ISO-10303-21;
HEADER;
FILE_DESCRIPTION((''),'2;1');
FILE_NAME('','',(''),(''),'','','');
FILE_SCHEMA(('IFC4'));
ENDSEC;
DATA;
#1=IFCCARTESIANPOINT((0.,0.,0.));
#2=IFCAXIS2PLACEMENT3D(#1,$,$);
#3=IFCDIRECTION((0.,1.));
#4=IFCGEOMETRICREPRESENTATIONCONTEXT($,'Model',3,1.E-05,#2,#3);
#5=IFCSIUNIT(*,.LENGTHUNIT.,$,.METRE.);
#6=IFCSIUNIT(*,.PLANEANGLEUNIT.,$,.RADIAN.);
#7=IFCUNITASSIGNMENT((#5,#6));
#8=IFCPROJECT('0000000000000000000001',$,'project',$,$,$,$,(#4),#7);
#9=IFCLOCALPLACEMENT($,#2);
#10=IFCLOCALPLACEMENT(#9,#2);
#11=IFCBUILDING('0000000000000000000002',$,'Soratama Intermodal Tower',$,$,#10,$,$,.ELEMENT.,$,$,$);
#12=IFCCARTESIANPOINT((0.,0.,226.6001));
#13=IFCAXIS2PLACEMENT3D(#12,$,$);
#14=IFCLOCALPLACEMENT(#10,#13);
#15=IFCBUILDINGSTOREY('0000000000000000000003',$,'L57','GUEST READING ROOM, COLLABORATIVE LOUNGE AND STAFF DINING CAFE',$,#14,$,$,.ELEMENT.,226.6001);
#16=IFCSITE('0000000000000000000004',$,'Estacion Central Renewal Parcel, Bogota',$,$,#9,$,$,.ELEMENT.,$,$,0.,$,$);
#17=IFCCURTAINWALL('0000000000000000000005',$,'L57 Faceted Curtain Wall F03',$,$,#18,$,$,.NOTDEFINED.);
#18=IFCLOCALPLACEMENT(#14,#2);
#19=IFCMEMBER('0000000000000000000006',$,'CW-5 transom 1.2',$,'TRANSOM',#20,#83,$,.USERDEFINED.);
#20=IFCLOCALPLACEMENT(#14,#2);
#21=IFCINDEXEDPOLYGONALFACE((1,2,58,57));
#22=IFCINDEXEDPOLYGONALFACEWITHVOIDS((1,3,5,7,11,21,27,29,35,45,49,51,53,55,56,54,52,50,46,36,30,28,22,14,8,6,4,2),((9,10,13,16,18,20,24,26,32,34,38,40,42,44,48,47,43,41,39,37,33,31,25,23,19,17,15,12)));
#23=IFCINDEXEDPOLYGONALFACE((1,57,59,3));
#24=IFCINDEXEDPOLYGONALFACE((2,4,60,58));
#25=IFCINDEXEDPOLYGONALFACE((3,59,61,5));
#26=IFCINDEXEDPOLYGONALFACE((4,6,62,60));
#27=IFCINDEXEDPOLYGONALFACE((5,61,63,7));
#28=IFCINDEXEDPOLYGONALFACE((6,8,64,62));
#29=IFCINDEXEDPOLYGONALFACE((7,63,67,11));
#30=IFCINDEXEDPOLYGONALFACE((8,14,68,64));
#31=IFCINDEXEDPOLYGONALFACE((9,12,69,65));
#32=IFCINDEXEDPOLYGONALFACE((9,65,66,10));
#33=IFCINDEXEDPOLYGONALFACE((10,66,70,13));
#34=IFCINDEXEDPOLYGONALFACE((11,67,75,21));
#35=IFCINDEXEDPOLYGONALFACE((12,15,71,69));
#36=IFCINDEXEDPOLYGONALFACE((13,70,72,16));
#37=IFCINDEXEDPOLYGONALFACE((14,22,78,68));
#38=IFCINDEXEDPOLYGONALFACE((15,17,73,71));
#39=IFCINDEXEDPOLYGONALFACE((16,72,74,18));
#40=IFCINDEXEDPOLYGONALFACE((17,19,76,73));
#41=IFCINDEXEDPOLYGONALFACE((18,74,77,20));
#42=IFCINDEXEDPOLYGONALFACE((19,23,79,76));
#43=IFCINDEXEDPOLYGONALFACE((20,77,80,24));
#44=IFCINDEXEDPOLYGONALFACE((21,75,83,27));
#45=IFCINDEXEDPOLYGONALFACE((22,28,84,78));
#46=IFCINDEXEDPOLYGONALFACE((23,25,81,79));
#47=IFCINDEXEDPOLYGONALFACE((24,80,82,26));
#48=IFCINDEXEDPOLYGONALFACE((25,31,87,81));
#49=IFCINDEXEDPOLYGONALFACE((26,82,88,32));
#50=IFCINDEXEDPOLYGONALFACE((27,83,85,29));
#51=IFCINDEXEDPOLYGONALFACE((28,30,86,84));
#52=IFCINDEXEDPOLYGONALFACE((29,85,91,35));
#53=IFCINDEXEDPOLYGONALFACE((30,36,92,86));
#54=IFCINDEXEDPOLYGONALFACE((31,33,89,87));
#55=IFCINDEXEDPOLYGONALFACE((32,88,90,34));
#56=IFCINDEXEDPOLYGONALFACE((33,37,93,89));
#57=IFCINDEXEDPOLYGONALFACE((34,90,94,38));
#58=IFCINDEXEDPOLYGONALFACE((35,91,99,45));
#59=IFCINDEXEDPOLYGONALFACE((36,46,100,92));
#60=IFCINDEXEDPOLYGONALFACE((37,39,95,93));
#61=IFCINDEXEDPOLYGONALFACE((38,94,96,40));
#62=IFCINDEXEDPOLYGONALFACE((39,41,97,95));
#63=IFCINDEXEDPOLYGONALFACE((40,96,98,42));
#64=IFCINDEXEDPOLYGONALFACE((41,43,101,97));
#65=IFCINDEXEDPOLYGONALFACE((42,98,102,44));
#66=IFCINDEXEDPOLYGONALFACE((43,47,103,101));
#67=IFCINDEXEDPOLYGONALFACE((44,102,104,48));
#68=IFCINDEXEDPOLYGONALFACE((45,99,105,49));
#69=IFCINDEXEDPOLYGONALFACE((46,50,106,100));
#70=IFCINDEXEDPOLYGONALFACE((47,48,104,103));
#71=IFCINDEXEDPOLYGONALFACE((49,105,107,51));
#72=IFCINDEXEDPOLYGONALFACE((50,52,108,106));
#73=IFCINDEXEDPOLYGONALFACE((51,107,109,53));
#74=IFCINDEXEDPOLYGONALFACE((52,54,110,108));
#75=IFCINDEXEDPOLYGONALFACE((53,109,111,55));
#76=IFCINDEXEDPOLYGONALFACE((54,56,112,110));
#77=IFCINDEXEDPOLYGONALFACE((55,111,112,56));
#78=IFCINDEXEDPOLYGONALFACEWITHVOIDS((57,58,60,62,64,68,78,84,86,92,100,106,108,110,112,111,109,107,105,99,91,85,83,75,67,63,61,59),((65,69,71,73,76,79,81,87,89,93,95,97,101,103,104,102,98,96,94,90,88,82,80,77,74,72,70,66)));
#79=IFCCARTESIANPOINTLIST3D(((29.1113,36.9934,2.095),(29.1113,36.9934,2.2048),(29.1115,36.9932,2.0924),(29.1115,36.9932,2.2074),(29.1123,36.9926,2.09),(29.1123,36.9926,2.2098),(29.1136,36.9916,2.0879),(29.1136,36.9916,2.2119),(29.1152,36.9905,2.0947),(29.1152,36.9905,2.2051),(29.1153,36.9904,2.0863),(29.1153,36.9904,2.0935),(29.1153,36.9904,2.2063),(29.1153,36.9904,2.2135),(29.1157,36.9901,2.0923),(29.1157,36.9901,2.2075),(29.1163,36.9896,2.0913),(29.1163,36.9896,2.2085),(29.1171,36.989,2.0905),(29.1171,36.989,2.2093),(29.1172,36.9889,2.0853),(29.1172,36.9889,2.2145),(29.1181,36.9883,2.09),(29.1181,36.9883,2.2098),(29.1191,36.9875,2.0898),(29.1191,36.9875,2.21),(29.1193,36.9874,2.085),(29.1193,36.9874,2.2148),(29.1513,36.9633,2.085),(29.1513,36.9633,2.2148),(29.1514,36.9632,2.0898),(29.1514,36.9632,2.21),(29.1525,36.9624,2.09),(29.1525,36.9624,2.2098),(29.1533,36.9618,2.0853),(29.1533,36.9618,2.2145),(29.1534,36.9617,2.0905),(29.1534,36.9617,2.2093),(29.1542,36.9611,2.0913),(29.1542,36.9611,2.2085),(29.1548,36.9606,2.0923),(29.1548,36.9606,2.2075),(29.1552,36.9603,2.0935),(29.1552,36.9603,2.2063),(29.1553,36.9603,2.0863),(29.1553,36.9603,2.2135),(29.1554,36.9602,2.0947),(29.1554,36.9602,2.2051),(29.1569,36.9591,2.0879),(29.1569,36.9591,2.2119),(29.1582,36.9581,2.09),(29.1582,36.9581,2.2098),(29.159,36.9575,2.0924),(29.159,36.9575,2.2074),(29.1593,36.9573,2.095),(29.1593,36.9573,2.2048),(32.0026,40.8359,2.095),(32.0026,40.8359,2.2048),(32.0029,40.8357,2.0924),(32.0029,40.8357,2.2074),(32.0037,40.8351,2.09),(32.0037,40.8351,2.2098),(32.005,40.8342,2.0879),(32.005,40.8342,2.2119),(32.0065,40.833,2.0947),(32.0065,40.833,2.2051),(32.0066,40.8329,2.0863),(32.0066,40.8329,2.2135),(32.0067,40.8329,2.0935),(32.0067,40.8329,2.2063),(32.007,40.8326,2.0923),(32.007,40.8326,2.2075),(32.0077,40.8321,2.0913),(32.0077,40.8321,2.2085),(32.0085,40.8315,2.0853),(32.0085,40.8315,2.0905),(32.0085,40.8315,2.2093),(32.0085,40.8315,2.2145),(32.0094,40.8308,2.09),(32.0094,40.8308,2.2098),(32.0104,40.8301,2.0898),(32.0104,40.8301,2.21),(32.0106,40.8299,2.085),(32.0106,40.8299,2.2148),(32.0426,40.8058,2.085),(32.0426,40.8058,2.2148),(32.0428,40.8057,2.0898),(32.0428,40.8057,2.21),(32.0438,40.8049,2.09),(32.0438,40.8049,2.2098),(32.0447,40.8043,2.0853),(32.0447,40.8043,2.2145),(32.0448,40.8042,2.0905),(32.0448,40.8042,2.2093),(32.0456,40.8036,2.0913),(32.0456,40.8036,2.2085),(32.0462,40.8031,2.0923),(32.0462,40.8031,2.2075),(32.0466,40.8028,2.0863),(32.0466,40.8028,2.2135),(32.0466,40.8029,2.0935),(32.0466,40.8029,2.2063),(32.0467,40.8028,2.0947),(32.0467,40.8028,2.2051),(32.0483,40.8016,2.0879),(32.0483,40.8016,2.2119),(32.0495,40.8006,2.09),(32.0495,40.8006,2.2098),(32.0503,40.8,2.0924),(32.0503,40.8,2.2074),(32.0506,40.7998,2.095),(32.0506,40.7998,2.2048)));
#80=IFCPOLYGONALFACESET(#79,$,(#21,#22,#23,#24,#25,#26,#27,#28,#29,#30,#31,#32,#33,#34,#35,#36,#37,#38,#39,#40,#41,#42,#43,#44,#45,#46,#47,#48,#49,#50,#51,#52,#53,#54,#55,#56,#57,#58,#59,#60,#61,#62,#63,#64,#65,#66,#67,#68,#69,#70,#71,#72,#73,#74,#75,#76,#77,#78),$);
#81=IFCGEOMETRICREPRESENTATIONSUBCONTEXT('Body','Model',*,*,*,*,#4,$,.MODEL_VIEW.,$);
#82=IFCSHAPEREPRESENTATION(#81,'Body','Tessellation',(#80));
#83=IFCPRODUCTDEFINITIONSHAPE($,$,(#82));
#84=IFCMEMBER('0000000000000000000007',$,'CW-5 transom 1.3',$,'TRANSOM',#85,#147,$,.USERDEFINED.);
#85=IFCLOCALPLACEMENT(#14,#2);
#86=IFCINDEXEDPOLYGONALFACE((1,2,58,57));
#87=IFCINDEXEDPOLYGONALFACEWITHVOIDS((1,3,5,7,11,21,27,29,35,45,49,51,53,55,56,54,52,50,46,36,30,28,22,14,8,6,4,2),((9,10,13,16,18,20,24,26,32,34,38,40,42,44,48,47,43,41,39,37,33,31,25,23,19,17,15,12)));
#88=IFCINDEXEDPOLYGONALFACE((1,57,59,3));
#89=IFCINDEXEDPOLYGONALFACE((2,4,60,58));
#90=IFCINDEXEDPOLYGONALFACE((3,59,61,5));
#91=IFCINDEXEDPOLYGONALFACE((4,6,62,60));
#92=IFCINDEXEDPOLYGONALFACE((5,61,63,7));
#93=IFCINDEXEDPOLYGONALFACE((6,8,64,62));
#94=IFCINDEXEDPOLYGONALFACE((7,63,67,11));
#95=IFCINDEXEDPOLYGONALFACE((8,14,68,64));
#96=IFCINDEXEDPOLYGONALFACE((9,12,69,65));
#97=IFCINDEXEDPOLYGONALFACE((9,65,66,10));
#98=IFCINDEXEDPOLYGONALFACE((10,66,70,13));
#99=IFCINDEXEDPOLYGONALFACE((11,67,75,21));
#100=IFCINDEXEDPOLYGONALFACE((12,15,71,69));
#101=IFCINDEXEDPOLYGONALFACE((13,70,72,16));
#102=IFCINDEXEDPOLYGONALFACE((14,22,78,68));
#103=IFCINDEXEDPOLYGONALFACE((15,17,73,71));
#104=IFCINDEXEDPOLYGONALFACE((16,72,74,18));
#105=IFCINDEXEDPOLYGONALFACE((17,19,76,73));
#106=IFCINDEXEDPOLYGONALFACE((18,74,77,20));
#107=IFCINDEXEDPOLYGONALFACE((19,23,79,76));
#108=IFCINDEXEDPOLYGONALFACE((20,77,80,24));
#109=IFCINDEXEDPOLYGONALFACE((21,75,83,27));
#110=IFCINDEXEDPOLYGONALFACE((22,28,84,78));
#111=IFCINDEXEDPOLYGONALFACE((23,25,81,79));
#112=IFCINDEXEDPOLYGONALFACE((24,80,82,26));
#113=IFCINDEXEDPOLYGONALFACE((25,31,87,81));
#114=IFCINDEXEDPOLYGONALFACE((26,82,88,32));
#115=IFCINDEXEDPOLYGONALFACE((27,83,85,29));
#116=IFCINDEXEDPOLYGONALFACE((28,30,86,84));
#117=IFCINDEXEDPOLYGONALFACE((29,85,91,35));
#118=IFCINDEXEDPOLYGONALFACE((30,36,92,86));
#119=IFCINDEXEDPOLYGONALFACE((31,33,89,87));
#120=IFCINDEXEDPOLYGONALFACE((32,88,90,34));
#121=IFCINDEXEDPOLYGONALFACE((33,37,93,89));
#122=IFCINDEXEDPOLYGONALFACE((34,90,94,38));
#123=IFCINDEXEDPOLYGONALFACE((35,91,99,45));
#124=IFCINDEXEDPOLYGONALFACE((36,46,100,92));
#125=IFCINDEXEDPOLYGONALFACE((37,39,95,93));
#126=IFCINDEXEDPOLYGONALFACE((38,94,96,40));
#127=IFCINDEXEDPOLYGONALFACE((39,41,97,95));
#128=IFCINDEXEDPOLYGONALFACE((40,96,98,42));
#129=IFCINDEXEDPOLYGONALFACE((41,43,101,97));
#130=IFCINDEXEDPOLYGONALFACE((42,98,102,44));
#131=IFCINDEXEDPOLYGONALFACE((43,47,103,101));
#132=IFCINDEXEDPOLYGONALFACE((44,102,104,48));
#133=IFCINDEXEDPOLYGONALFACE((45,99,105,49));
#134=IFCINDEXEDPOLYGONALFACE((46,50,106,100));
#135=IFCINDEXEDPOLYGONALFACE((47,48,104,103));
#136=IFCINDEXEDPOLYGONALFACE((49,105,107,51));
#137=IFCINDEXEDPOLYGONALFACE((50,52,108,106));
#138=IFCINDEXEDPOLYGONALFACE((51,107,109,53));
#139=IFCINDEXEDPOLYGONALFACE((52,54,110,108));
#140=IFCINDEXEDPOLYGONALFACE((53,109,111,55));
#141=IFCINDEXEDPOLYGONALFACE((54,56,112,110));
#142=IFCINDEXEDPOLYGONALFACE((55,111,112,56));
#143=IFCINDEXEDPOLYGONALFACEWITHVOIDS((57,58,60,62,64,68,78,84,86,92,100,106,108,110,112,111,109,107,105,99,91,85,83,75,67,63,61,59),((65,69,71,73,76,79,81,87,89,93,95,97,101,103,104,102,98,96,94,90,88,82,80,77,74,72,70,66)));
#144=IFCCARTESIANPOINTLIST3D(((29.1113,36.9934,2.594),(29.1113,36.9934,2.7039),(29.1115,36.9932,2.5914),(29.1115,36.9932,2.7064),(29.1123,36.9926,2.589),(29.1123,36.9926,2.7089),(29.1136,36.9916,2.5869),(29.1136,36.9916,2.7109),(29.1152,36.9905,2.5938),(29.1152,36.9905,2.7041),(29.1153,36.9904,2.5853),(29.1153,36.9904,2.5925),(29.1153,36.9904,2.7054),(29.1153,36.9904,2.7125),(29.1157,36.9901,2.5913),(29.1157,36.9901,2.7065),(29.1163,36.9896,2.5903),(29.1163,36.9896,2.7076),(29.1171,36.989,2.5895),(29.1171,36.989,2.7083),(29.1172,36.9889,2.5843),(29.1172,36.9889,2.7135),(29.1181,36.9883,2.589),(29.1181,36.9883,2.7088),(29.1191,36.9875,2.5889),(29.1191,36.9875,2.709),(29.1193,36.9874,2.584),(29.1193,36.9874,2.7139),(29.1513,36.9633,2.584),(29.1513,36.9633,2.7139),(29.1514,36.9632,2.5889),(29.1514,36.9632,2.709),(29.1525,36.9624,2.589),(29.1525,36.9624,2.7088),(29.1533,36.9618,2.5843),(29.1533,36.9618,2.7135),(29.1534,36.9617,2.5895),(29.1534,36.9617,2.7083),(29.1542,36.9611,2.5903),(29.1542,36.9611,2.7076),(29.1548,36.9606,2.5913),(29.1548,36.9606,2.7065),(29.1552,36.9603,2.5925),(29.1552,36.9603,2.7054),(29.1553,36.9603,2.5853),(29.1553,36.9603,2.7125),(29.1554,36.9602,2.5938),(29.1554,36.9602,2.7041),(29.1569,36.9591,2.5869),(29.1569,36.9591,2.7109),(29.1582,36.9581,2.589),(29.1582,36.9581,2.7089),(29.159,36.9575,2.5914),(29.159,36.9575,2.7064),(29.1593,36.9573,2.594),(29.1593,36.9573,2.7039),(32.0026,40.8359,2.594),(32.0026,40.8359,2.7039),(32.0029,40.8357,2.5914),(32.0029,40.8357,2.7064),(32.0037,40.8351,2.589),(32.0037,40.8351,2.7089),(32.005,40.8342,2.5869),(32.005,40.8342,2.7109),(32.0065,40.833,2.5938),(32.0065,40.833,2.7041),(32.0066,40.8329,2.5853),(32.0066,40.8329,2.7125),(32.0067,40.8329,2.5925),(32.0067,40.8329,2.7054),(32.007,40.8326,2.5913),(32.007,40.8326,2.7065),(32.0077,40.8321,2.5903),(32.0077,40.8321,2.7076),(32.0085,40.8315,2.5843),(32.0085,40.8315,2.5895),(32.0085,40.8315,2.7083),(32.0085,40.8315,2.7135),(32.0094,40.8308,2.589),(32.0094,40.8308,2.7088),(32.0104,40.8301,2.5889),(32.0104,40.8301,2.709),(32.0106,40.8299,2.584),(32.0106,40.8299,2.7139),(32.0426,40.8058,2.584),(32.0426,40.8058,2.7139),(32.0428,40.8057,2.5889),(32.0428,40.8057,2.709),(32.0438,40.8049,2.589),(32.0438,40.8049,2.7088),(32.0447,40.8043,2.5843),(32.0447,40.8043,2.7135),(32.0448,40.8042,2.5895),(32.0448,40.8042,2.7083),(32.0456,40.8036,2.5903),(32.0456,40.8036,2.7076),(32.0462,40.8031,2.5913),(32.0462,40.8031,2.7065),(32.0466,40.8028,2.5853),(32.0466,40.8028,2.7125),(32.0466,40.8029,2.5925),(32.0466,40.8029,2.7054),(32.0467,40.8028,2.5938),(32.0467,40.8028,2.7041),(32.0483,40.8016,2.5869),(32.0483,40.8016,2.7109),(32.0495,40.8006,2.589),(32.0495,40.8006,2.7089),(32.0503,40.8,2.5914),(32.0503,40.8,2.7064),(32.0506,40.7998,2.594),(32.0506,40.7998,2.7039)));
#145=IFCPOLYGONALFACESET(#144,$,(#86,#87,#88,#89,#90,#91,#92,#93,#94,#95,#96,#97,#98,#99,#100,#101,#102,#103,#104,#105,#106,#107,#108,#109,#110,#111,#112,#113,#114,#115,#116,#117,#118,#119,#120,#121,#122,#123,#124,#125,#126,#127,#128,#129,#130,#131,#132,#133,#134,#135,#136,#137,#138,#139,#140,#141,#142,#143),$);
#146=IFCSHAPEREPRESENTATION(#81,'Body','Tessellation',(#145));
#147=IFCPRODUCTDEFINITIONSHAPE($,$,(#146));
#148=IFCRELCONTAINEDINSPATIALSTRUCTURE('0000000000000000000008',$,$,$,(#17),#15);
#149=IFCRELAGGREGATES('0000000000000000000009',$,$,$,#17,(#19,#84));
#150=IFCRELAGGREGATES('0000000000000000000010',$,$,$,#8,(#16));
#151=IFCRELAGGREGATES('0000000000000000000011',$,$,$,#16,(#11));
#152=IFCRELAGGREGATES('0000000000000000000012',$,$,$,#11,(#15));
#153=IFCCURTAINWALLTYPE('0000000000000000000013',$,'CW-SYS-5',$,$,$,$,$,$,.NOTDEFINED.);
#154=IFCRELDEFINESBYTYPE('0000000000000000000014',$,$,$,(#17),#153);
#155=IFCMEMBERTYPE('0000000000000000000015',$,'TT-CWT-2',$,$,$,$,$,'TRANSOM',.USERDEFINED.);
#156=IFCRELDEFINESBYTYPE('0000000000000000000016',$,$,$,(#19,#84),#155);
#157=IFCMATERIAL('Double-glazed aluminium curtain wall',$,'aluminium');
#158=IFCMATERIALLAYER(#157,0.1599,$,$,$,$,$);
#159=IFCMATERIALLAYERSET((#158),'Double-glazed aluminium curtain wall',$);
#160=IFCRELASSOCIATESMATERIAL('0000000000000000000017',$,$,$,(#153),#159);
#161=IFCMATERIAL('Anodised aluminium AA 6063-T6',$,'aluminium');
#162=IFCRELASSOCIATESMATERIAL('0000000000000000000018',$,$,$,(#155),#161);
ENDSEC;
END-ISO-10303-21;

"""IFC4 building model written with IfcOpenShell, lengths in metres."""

from ifc_helpers import new_model, si_unit, direction, frame, origin, origin_2d, place, context, subcontext, project, spatial, hollow_rectangle, extrude, material, layer, layer_set, material_profile, profile_set, type_object, element, aggregate, save


model = new_model("IFC4")

# Units and contexts
model_context = context("Model", 3, precision=1e-05, world=origin(), true_north=direction((0.0, 1.0)))
body_context = subcontext(model_context, "Body", "Model", "MODEL_VIEW")
ifc_project = project(units=[si_unit("LENGTHUNIT", "METRE"), si_unit("PLANEANGLEUNIT", "RADIAN")], contexts=[model_context])

# Site, building, storey
site_placement = place(None, origin())
site = spatial("IfcSite", under=ifc_project, at=site_placement, Name="Estacion Central Renewal Parcel, Bogota", CompositionType="ELEMENT", RefElevation=0.0)
building_placement = place(site_placement, origin())
building = spatial("IfcBuilding", under=site, at=building_placement, Name="Soratama Intermodal Tower", CompositionType="ELEMENT")
storey_placement = place(building_placement, frame((0.0, 0.0, 226.6001)))
storey = spatial("IfcBuildingStorey", under=building, at=storey_placement, Name="L57", Description="GUEST READING ROOM, COLLABORATIVE LOUNGE AND STAFF DINING CAFE", CompositionType="ELEMENT", Elevation=226.6001)

# Curtain wall, members
ifc_material_1 = material(Name="Double-glazed aluminium curtain wall", Category="aluminium")
ifc_layer_1 = layer(ifc_material_1, 0.1599)
ifc_layer_set_1 = layer_set([ifc_layer_1], Name="Double-glazed aluminium curtain wall")
curtain_wall_type = type_object("IfcCurtainWallType", Name="CW-SYS-5", PredefinedType="NOTDEFINED", material=ifc_layer_set_1)
curtain_wall_placement = place(storey_placement, origin())
curtain_wall = element("IfcCurtainWall", 1, at=curtain_wall_placement, inside=storey, type_object=curtain_wall_type, Name="L57 Faceted Curtain Wall F03", PredefinedType="NOTDEFINED")
ifc_material_2 = material(Name="Anodised aluminium AA 6063-T6", Category="aluminium")
ifc_material_profile_1 = material_profile(ifc_material_2, hollow_rectangle(XDim=0.0601, YDim=0.1299, WallThickness=0.0049, InnerFilletRadius=0.0049, OuterFilletRadius=0.01, at=origin_2d()), Name="CWT130X60X5")
ifc_profile_set_1 = profile_set([ifc_material_profile_1], Name="Anodised aluminium AA 6063-T6")
member_type_1 = type_object("IfcMemberType", Name="TT-CWT-2", ElementType="TRANSOM", PredefinedType="USERDEFINED", material=ifc_profile_set_1)
member_1_placement = place(storey_placement, frame((32.0266, 40.8179, 2.1499), z_axis=(-0.601258, -0.799055, 0.0), x_axis=(0.799055, -0.601258, 0.0)))
member_1 = element("IfcMember", 2, at=member_1_placement, type_object=member_type_1, Name="CW-5 transom 1.2", ObjectType="TRANSOM", PredefinedType="USERDEFINED", context=body_context, shape_type="SweptSolid", body=[
    extrude(hollow_rectangle(XDim=0.0601, YDim=0.1299, WallThickness=0.0049, InnerFilletRadius=0.0049, OuterFilletRadius=0.01, at=origin_2d()), origin(), (0.0, 0.0, 1.0), 4.8088),
])
member_2_placement = place(storey_placement, frame((32.0266, 40.8179, 2.6489), z_axis=(-0.601258, -0.799055, 0.0), x_axis=(0.799055, -0.601258, 0.0)))
member_2 = element("IfcMember", 3, at=member_2_placement, type_object=member_type_1, Name="CW-5 transom 1.3", ObjectType="TRANSOM", PredefinedType="USERDEFINED", context=body_context, shape_type="SweptSolid", body=[
    extrude(hollow_rectangle(XDim=0.0601, YDim=0.1299, WallThickness=0.0049, InnerFilletRadius=0.0049, OuterFilletRadius=0.01, at=origin_2d()), origin(), (0.0, 0.0, 1.0), 4.8088),
])
aggregate(curtain_wall, [member_1, member_2])

save(model, "model.ifc")
